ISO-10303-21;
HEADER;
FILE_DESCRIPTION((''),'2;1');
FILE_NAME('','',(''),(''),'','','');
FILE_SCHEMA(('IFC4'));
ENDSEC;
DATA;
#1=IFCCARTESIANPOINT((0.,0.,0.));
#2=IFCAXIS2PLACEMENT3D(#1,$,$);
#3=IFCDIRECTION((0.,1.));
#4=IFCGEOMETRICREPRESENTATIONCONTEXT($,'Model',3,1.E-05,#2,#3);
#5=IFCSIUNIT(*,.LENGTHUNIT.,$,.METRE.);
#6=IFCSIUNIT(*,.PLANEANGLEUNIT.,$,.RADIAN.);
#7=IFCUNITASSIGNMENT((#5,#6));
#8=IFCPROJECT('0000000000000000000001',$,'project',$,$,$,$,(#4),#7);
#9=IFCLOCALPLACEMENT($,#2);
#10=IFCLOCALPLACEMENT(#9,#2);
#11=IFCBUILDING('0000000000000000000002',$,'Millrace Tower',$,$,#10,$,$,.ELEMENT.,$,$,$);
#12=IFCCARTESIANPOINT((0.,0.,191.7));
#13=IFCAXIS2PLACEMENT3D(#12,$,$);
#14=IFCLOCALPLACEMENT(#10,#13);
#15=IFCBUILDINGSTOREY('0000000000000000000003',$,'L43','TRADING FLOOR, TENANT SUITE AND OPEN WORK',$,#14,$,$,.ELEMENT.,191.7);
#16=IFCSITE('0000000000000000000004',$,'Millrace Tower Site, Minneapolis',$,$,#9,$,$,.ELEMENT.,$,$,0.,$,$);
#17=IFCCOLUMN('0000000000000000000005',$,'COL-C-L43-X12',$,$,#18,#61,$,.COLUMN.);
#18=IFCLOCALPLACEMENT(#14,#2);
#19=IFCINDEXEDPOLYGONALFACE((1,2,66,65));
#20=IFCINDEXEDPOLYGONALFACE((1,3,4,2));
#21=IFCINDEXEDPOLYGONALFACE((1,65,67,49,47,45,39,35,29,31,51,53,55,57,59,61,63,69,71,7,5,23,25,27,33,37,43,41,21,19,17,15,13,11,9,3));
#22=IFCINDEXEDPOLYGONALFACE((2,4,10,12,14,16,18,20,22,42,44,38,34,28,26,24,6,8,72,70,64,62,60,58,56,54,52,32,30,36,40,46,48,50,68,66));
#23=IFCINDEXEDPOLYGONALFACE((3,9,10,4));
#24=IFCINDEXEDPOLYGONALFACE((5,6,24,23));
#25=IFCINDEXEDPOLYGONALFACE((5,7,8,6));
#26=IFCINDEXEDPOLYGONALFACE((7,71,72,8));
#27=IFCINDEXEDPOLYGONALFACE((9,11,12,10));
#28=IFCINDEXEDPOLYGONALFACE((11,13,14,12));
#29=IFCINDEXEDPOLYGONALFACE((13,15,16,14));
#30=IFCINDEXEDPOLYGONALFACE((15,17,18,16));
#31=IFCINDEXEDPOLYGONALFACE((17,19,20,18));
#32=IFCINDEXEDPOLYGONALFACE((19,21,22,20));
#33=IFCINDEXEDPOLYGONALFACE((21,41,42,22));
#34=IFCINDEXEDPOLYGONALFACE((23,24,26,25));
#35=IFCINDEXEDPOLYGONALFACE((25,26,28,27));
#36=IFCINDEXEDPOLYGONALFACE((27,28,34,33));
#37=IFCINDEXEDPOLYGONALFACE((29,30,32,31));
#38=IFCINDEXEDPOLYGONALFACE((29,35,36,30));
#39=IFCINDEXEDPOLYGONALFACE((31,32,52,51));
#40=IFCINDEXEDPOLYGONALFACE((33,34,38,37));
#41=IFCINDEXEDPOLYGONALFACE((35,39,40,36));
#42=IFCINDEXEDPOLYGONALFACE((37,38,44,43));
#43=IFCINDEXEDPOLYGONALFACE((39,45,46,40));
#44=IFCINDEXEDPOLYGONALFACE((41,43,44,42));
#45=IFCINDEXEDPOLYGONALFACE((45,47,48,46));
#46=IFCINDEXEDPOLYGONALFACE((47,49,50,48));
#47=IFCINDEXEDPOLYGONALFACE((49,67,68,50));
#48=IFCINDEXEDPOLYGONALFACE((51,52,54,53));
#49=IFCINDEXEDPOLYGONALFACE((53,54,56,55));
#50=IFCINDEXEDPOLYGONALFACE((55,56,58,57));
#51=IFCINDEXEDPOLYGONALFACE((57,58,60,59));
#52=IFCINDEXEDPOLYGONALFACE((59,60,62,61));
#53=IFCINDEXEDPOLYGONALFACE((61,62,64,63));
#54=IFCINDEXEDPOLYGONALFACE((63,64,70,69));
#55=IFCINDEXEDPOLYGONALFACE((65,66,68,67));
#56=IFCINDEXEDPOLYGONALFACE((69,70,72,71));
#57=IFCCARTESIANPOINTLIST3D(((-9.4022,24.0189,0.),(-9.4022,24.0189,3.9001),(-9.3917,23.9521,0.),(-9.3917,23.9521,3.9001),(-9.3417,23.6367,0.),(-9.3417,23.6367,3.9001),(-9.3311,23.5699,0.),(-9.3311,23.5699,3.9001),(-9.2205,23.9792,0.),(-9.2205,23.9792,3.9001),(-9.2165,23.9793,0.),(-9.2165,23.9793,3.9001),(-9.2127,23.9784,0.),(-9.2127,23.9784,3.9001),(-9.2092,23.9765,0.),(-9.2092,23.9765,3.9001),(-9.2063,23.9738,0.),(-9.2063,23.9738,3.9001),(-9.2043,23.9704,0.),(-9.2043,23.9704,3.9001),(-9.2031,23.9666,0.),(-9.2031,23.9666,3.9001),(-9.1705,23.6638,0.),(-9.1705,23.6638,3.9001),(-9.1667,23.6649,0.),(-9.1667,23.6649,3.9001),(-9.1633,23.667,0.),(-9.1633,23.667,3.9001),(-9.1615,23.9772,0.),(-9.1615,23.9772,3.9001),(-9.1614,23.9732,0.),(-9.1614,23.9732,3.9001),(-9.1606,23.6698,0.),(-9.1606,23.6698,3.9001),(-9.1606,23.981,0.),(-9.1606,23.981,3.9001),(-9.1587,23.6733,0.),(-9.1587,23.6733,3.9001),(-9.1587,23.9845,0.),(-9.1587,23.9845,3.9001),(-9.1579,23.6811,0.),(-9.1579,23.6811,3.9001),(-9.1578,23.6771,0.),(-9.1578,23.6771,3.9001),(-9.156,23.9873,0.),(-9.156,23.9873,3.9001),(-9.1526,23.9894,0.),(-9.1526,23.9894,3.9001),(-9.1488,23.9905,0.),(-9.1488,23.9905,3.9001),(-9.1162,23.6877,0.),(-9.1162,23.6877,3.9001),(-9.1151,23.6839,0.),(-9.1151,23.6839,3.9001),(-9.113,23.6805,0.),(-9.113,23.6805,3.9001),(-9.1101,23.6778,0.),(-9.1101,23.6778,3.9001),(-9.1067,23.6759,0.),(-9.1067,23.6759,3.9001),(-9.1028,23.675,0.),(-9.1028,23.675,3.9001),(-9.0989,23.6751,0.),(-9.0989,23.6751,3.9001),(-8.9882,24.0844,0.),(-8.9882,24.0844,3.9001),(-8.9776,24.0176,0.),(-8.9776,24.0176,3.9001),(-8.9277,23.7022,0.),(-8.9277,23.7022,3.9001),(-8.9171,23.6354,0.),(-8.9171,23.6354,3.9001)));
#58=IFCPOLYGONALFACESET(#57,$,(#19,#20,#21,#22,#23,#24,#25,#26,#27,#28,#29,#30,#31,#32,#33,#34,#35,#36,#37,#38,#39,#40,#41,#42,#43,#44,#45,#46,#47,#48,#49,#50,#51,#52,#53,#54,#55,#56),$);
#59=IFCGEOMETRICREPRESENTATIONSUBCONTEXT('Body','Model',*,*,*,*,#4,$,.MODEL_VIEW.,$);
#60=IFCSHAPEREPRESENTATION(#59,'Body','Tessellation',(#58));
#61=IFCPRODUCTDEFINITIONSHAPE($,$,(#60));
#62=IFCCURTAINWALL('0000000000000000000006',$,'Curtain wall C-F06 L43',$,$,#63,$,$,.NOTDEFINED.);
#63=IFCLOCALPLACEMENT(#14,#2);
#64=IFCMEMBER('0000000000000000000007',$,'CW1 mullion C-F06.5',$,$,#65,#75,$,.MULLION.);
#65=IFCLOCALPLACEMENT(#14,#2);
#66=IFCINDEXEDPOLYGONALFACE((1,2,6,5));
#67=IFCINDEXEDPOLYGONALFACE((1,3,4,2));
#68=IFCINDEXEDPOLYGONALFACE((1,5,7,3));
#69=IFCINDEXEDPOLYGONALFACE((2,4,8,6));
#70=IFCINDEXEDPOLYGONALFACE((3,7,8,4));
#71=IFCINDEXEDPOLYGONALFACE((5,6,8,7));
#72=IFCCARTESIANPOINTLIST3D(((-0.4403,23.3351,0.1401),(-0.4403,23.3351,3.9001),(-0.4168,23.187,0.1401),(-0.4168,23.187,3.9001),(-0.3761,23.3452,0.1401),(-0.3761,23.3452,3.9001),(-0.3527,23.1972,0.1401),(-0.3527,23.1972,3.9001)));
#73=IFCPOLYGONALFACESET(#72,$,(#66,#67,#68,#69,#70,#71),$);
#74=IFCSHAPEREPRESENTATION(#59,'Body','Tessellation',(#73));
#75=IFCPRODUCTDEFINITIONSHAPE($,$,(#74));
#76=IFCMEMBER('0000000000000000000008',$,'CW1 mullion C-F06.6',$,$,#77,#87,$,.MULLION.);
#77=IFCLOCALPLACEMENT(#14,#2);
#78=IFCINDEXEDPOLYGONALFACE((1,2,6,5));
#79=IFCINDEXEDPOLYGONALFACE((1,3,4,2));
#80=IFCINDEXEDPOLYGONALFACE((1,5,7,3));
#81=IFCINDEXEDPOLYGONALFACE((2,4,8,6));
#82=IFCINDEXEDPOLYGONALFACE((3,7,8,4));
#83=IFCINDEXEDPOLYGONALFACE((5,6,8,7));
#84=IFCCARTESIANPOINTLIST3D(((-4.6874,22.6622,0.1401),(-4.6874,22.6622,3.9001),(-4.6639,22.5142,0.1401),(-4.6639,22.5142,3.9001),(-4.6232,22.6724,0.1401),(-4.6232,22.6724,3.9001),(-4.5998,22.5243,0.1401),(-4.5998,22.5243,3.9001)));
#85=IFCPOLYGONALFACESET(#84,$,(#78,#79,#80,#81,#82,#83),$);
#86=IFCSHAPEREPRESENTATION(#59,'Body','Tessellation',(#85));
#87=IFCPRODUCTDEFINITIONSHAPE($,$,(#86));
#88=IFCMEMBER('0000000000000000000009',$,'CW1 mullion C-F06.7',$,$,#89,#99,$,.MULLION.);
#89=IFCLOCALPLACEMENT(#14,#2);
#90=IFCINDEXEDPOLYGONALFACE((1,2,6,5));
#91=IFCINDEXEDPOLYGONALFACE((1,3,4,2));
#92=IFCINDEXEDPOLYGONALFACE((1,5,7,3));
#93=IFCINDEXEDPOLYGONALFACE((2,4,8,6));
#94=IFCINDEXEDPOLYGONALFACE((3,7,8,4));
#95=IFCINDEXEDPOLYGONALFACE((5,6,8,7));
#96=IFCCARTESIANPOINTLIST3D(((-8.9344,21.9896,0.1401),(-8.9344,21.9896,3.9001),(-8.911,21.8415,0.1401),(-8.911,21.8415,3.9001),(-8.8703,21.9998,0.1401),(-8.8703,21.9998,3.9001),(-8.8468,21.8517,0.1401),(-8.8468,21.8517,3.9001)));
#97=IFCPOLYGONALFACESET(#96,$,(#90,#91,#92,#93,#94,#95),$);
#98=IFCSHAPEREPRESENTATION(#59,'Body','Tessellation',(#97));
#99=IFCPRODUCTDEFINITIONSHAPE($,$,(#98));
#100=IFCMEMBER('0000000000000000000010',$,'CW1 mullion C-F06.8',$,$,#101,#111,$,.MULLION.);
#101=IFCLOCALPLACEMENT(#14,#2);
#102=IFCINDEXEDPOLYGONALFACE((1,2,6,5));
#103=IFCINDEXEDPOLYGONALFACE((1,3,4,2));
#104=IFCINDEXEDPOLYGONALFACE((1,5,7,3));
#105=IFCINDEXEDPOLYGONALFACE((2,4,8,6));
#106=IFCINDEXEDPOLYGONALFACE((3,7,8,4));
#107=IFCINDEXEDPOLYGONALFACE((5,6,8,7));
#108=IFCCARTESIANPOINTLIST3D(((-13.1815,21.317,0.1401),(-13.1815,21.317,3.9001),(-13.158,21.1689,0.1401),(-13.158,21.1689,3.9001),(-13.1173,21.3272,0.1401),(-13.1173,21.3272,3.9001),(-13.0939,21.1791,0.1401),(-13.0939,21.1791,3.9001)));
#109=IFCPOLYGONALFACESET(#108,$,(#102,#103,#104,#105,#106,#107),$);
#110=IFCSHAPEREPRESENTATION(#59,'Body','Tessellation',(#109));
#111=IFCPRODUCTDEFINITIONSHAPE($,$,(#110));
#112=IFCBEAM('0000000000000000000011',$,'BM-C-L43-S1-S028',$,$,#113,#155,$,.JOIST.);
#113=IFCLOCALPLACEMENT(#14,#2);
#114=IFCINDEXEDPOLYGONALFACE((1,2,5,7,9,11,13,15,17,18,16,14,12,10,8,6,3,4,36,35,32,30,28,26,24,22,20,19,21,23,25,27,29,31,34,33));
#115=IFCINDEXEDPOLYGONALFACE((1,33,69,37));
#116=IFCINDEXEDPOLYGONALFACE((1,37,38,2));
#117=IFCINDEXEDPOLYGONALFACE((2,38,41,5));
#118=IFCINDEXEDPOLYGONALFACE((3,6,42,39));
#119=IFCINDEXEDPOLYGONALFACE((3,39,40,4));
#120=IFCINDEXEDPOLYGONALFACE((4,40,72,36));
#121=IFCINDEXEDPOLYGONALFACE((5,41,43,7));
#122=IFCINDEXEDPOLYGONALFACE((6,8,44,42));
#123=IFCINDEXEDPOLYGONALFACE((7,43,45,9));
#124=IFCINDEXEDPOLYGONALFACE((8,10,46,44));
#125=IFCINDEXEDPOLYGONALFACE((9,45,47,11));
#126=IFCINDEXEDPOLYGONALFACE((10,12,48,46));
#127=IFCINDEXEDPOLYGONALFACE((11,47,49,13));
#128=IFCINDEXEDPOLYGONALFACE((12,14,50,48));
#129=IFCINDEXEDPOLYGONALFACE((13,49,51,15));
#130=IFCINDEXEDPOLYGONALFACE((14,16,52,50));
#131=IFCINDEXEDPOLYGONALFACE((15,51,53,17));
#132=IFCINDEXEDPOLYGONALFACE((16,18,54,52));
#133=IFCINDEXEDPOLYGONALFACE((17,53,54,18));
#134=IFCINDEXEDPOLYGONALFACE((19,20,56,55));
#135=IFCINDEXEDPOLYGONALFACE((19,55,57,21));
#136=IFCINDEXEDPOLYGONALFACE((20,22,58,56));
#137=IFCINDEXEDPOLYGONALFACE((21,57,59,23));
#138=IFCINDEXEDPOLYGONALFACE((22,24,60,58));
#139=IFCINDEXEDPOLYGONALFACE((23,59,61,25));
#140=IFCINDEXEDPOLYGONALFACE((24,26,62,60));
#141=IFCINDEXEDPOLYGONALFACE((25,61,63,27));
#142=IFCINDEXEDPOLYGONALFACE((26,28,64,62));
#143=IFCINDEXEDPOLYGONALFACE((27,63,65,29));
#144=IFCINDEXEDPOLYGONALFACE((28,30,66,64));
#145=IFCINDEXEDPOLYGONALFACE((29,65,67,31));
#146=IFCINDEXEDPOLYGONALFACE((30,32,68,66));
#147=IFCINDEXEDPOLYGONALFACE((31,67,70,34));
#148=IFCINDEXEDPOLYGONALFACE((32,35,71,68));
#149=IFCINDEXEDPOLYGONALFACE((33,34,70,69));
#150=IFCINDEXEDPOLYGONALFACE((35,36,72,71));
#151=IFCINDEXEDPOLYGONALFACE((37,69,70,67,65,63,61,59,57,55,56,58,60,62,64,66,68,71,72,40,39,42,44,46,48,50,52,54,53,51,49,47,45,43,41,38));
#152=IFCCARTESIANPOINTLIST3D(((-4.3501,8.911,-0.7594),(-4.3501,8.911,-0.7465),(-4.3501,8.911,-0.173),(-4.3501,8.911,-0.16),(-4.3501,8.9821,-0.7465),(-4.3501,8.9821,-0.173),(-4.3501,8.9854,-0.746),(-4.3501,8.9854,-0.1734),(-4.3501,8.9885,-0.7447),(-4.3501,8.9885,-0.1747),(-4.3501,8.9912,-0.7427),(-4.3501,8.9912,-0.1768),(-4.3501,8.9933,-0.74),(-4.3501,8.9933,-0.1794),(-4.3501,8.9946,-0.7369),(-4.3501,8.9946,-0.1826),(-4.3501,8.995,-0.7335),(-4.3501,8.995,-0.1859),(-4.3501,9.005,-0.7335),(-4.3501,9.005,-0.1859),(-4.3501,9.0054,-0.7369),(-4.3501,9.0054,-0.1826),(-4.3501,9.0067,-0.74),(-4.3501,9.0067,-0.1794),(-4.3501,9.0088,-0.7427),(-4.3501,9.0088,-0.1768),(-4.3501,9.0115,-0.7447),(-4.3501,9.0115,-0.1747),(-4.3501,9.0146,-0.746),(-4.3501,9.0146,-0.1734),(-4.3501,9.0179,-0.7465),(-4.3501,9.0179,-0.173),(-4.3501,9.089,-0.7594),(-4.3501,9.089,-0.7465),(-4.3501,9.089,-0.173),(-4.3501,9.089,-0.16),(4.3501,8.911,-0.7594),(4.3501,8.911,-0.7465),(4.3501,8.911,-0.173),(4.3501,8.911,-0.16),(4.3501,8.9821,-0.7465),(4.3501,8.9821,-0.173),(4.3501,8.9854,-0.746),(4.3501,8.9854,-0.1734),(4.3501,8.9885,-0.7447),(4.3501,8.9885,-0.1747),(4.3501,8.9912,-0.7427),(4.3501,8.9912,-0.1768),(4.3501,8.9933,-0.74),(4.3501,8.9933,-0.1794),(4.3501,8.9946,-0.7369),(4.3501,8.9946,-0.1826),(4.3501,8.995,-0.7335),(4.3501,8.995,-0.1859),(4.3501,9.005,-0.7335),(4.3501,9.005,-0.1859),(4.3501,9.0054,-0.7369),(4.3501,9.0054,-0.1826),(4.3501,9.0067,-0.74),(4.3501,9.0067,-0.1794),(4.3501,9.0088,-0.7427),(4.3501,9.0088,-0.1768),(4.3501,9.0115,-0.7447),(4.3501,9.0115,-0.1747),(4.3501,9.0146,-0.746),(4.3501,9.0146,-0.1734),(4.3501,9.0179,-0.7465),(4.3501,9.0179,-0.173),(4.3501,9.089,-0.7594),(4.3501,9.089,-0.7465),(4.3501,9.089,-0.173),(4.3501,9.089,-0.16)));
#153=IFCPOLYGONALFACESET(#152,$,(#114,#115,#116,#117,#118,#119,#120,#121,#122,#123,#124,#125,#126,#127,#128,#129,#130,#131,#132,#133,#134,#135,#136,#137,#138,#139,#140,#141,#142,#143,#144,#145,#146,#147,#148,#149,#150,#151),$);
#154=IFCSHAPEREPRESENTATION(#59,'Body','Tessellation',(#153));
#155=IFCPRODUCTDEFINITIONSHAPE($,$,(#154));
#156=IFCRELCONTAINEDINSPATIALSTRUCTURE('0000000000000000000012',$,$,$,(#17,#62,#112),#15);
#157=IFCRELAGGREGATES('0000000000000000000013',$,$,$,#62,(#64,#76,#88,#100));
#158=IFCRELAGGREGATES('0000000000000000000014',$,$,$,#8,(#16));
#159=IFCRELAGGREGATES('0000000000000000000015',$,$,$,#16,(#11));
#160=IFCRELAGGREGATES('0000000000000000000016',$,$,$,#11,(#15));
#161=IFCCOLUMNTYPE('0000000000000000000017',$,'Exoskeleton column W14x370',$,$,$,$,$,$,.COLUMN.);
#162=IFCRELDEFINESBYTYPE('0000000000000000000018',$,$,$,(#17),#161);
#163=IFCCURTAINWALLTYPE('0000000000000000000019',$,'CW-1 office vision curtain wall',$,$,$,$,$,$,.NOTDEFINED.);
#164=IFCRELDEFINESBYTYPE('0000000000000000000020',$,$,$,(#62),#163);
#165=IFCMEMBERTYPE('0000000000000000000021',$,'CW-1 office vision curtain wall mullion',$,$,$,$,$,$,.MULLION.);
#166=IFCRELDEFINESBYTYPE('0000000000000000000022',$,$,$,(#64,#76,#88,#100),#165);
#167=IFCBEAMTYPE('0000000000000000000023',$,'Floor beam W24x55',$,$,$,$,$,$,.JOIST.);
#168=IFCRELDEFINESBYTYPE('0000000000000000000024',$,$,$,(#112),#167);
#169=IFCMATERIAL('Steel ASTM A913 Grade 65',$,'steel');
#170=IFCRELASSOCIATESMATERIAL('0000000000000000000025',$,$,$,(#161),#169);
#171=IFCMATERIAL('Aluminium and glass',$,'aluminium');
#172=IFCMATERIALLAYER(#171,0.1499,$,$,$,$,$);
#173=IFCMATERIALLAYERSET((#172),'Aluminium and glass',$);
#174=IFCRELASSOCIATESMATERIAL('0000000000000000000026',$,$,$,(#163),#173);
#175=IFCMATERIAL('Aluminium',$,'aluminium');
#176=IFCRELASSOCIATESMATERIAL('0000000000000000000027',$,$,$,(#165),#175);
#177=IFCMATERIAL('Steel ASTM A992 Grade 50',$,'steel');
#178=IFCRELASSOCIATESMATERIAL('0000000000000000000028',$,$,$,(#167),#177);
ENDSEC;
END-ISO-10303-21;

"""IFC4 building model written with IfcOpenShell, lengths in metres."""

from ifc_helpers import new_model, si_unit, direction, frame, origin, origin_2d, place, context, subcontext, project, spatial, rectangle, i_section, extrude, material, layer, layer_set, material_profile, profile_set, type_object, element, aggregate, save


model = new_model("IFC4")

# Units and contexts
model_context = context("Model", 3, precision=1e-05, world=origin(), true_north=direction((0.0, 1.0)))
body_context = subcontext(model_context, "Body", "Model", "MODEL_VIEW")
ifc_project = project(units=[si_unit("LENGTHUNIT", "METRE"), si_unit("PLANEANGLEUNIT", "RADIAN")], contexts=[model_context])

# Site, building, storey
site_placement = place(None, origin())
site = spatial("IfcSite", under=ifc_project, at=site_placement, Name="Millrace Tower Site, Minneapolis", CompositionType="ELEMENT", RefElevation=0.0)
building_placement = place(site_placement, origin())
building = spatial("IfcBuilding", under=site, at=building_placement, Name="Millrace Tower", CompositionType="ELEMENT")
storey_placement = place(building_placement, frame((0.0, 0.0, 191.7)))
storey = spatial("IfcBuildingStorey", under=building, at=storey_placement, Name="L43", Description="TRADING FLOOR, TENANT SUITE AND OPEN WORK", CompositionType="ELEMENT", Elevation=191.7)

# Column
ifc_material_1 = material(Name="Steel ASTM A913 Grade 65", Category="steel")
ifc_material_profile_1 = material_profile(ifc_material_1, i_section(OverallWidth=0.4192, OverallDepth=0.4546, WebThickness=0.0422, FlangeThickness=0.0676, FilletRadius=0.0151, at=origin_2d()))
ifc_profile_set_1 = profile_set([ifc_material_profile_1], Name="Steel ASTM A913 Grade 65")
column_type = type_object("IfcColumnType", Name="Exoskeleton column W14x370", PredefinedType="COLUMN", material=ifc_profile_set_1)
column_placement = place(storey_placement, frame((-9.1597, 23.8271, 0.0), z_axis=(0.0, 0.0, 1.0), x_axis=(-0.987688, -0.156434, 0.0)))
element("IfcColumn", 1, at=column_placement, inside=storey, type_object=column_type, Name="COL-C-L43-X12", PredefinedType="COLUMN", context=body_context, shape_type="SweptSolid", body=[
    extrude(i_section(OverallWidth=0.4192, OverallDepth=0.4546, WebThickness=0.0422, FlangeThickness=0.0676, FilletRadius=0.0151, at=origin_2d()), origin(), (0.0, 0.0, 1.0), 3.9001),
])

# Curtain wall, members
ifc_material_2 = material(Name="Aluminium and glass", Category="aluminium")
ifc_layer_1 = layer(ifc_material_2, 0.1499)
ifc_layer_set_1 = layer_set([ifc_layer_1], Name="Aluminium and glass")
curtain_wall_type = type_object("IfcCurtainWallType", Name="CW-1 office vision curtain wall", PredefinedType="NOTDEFINED", material=ifc_layer_set_1)
placement = place(storey_placement, origin())
curtain_wall = element("IfcCurtainWall", 2, at=placement, inside=storey, type_object=curtain_wall_type, Name="Curtain wall C-F06 L43", PredefinedType="NOTDEFINED")
ifc_material_3 = material(Name="Aluminium", Category="aluminium")
ifc_material_profile_2 = material_profile(ifc_material_3, rectangle(XDim=0.0649, YDim=0.1499, at=origin_2d()))
ifc_profile_set_2 = profile_set([ifc_material_profile_2], Name="Aluminium")
member_type = type_object("IfcMemberType", Name="CW-1 office vision curtain wall mullion", PredefinedType="MULLION", material=ifc_profile_set_2)
member_1_placement = place(storey_placement, frame((-0.3965, 23.2661, 0.1401), z_axis=(0.0, 0.0, 1.0), x_axis=(-0.987688, -0.156434, 0.0)))
member_1 = element("IfcMember", 3, at=member_1_placement, type_object=member_type, Name="CW1 mullion C-F06.5", PredefinedType="MULLION", context=body_context, shape_type="SweptSolid", body=[
    extrude(rectangle(XDim=0.0649, YDim=0.1499, at=origin_2d()), origin(), (0.0, 0.0, 1.0), 3.76),
])
member_2_placement = place(storey_placement, frame((-4.6436, 22.5933, 0.1401), z_axis=(0.0, 0.0, 1.0), x_axis=(-0.987688, -0.156434, 0.0)))
member_2 = element("IfcMember", 4, at=member_2_placement, type_object=member_type, Name="CW1 mullion C-F06.6", PredefinedType="MULLION", context=body_context, shape_type="SweptSolid", body=[
    extrude(rectangle(XDim=0.0649, YDim=0.1499, at=origin_2d()), origin(), (0.0, 0.0, 1.0), 3.76),
])
member_3_placement = place(storey_placement, frame((-8.8906, 21.9207, 0.1401), z_axis=(0.0, 0.0, 1.0), x_axis=(-0.987688, -0.156434, 0.0)))
member_3 = element("IfcMember", 5, at=member_3_placement, type_object=member_type, Name="CW1 mullion C-F06.7", PredefinedType="MULLION", context=body_context, shape_type="SweptSolid", body=[
    extrude(rectangle(XDim=0.0649, YDim=0.1499, at=origin_2d()), origin(), (0.0, 0.0, 1.0), 3.76),
])
member_4_placement = place(storey_placement, frame((-13.1377, 21.248, 0.1401), z_axis=(0.0, 0.0, 1.0), x_axis=(-0.987688, -0.156434, 0.0)))
member_4 = element("IfcMember", 6, at=member_4_placement, type_object=member_type, Name="CW1 mullion C-F06.8", PredefinedType="MULLION", context=body_context, shape_type="SweptSolid", body=[
    extrude(rectangle(XDim=0.0649, YDim=0.1499, at=origin_2d()), origin(), (0.0, 0.0, 1.0), 3.76),
])
aggregate(curtain_wall, [member_1, member_2, member_3, member_4])

# Beam
ifc_material_4 = material(Name="Steel ASTM A992 Grade 50", Category="steel")
ifc_material_profile_3 = material_profile(ifc_material_4, i_section(OverallWidth=0.178, OverallDepth=0.5994, WebThickness=0.01, FlangeThickness=0.0129, FilletRadius=0.0129, at=origin_2d()))
ifc_profile_set_3 = profile_set([ifc_material_profile_3], Name="Steel ASTM A992 Grade 50")
beam_type_1 = type_object("IfcBeamType", Name="Floor beam W24x55", PredefinedType="JOIST", material=ifc_profile_set_3)
beam_1_placement = place(storey_placement, frame((-4.3501, 9.0, -0.4597), z_axis=(1.0, 0.0, 0.0), x_axis=(0.0, 1.0, 0.0)))
element("IfcBeam", 7, at=beam_1_placement, inside=storey, type_object=beam_type_1, Name="BM-C-L43-S1-S028", PredefinedType="JOIST", context=body_context, shape_type="SweptSolid", body=[
    extrude(i_section(OverallWidth=0.178, OverallDepth=0.5994, WebThickness=0.01, FlangeThickness=0.0129, FilletRadius=0.0129, at=origin_2d()), origin(), (0.0, 0.0, 1.0), 8.7002),
])

save(model, "model.ifc")
